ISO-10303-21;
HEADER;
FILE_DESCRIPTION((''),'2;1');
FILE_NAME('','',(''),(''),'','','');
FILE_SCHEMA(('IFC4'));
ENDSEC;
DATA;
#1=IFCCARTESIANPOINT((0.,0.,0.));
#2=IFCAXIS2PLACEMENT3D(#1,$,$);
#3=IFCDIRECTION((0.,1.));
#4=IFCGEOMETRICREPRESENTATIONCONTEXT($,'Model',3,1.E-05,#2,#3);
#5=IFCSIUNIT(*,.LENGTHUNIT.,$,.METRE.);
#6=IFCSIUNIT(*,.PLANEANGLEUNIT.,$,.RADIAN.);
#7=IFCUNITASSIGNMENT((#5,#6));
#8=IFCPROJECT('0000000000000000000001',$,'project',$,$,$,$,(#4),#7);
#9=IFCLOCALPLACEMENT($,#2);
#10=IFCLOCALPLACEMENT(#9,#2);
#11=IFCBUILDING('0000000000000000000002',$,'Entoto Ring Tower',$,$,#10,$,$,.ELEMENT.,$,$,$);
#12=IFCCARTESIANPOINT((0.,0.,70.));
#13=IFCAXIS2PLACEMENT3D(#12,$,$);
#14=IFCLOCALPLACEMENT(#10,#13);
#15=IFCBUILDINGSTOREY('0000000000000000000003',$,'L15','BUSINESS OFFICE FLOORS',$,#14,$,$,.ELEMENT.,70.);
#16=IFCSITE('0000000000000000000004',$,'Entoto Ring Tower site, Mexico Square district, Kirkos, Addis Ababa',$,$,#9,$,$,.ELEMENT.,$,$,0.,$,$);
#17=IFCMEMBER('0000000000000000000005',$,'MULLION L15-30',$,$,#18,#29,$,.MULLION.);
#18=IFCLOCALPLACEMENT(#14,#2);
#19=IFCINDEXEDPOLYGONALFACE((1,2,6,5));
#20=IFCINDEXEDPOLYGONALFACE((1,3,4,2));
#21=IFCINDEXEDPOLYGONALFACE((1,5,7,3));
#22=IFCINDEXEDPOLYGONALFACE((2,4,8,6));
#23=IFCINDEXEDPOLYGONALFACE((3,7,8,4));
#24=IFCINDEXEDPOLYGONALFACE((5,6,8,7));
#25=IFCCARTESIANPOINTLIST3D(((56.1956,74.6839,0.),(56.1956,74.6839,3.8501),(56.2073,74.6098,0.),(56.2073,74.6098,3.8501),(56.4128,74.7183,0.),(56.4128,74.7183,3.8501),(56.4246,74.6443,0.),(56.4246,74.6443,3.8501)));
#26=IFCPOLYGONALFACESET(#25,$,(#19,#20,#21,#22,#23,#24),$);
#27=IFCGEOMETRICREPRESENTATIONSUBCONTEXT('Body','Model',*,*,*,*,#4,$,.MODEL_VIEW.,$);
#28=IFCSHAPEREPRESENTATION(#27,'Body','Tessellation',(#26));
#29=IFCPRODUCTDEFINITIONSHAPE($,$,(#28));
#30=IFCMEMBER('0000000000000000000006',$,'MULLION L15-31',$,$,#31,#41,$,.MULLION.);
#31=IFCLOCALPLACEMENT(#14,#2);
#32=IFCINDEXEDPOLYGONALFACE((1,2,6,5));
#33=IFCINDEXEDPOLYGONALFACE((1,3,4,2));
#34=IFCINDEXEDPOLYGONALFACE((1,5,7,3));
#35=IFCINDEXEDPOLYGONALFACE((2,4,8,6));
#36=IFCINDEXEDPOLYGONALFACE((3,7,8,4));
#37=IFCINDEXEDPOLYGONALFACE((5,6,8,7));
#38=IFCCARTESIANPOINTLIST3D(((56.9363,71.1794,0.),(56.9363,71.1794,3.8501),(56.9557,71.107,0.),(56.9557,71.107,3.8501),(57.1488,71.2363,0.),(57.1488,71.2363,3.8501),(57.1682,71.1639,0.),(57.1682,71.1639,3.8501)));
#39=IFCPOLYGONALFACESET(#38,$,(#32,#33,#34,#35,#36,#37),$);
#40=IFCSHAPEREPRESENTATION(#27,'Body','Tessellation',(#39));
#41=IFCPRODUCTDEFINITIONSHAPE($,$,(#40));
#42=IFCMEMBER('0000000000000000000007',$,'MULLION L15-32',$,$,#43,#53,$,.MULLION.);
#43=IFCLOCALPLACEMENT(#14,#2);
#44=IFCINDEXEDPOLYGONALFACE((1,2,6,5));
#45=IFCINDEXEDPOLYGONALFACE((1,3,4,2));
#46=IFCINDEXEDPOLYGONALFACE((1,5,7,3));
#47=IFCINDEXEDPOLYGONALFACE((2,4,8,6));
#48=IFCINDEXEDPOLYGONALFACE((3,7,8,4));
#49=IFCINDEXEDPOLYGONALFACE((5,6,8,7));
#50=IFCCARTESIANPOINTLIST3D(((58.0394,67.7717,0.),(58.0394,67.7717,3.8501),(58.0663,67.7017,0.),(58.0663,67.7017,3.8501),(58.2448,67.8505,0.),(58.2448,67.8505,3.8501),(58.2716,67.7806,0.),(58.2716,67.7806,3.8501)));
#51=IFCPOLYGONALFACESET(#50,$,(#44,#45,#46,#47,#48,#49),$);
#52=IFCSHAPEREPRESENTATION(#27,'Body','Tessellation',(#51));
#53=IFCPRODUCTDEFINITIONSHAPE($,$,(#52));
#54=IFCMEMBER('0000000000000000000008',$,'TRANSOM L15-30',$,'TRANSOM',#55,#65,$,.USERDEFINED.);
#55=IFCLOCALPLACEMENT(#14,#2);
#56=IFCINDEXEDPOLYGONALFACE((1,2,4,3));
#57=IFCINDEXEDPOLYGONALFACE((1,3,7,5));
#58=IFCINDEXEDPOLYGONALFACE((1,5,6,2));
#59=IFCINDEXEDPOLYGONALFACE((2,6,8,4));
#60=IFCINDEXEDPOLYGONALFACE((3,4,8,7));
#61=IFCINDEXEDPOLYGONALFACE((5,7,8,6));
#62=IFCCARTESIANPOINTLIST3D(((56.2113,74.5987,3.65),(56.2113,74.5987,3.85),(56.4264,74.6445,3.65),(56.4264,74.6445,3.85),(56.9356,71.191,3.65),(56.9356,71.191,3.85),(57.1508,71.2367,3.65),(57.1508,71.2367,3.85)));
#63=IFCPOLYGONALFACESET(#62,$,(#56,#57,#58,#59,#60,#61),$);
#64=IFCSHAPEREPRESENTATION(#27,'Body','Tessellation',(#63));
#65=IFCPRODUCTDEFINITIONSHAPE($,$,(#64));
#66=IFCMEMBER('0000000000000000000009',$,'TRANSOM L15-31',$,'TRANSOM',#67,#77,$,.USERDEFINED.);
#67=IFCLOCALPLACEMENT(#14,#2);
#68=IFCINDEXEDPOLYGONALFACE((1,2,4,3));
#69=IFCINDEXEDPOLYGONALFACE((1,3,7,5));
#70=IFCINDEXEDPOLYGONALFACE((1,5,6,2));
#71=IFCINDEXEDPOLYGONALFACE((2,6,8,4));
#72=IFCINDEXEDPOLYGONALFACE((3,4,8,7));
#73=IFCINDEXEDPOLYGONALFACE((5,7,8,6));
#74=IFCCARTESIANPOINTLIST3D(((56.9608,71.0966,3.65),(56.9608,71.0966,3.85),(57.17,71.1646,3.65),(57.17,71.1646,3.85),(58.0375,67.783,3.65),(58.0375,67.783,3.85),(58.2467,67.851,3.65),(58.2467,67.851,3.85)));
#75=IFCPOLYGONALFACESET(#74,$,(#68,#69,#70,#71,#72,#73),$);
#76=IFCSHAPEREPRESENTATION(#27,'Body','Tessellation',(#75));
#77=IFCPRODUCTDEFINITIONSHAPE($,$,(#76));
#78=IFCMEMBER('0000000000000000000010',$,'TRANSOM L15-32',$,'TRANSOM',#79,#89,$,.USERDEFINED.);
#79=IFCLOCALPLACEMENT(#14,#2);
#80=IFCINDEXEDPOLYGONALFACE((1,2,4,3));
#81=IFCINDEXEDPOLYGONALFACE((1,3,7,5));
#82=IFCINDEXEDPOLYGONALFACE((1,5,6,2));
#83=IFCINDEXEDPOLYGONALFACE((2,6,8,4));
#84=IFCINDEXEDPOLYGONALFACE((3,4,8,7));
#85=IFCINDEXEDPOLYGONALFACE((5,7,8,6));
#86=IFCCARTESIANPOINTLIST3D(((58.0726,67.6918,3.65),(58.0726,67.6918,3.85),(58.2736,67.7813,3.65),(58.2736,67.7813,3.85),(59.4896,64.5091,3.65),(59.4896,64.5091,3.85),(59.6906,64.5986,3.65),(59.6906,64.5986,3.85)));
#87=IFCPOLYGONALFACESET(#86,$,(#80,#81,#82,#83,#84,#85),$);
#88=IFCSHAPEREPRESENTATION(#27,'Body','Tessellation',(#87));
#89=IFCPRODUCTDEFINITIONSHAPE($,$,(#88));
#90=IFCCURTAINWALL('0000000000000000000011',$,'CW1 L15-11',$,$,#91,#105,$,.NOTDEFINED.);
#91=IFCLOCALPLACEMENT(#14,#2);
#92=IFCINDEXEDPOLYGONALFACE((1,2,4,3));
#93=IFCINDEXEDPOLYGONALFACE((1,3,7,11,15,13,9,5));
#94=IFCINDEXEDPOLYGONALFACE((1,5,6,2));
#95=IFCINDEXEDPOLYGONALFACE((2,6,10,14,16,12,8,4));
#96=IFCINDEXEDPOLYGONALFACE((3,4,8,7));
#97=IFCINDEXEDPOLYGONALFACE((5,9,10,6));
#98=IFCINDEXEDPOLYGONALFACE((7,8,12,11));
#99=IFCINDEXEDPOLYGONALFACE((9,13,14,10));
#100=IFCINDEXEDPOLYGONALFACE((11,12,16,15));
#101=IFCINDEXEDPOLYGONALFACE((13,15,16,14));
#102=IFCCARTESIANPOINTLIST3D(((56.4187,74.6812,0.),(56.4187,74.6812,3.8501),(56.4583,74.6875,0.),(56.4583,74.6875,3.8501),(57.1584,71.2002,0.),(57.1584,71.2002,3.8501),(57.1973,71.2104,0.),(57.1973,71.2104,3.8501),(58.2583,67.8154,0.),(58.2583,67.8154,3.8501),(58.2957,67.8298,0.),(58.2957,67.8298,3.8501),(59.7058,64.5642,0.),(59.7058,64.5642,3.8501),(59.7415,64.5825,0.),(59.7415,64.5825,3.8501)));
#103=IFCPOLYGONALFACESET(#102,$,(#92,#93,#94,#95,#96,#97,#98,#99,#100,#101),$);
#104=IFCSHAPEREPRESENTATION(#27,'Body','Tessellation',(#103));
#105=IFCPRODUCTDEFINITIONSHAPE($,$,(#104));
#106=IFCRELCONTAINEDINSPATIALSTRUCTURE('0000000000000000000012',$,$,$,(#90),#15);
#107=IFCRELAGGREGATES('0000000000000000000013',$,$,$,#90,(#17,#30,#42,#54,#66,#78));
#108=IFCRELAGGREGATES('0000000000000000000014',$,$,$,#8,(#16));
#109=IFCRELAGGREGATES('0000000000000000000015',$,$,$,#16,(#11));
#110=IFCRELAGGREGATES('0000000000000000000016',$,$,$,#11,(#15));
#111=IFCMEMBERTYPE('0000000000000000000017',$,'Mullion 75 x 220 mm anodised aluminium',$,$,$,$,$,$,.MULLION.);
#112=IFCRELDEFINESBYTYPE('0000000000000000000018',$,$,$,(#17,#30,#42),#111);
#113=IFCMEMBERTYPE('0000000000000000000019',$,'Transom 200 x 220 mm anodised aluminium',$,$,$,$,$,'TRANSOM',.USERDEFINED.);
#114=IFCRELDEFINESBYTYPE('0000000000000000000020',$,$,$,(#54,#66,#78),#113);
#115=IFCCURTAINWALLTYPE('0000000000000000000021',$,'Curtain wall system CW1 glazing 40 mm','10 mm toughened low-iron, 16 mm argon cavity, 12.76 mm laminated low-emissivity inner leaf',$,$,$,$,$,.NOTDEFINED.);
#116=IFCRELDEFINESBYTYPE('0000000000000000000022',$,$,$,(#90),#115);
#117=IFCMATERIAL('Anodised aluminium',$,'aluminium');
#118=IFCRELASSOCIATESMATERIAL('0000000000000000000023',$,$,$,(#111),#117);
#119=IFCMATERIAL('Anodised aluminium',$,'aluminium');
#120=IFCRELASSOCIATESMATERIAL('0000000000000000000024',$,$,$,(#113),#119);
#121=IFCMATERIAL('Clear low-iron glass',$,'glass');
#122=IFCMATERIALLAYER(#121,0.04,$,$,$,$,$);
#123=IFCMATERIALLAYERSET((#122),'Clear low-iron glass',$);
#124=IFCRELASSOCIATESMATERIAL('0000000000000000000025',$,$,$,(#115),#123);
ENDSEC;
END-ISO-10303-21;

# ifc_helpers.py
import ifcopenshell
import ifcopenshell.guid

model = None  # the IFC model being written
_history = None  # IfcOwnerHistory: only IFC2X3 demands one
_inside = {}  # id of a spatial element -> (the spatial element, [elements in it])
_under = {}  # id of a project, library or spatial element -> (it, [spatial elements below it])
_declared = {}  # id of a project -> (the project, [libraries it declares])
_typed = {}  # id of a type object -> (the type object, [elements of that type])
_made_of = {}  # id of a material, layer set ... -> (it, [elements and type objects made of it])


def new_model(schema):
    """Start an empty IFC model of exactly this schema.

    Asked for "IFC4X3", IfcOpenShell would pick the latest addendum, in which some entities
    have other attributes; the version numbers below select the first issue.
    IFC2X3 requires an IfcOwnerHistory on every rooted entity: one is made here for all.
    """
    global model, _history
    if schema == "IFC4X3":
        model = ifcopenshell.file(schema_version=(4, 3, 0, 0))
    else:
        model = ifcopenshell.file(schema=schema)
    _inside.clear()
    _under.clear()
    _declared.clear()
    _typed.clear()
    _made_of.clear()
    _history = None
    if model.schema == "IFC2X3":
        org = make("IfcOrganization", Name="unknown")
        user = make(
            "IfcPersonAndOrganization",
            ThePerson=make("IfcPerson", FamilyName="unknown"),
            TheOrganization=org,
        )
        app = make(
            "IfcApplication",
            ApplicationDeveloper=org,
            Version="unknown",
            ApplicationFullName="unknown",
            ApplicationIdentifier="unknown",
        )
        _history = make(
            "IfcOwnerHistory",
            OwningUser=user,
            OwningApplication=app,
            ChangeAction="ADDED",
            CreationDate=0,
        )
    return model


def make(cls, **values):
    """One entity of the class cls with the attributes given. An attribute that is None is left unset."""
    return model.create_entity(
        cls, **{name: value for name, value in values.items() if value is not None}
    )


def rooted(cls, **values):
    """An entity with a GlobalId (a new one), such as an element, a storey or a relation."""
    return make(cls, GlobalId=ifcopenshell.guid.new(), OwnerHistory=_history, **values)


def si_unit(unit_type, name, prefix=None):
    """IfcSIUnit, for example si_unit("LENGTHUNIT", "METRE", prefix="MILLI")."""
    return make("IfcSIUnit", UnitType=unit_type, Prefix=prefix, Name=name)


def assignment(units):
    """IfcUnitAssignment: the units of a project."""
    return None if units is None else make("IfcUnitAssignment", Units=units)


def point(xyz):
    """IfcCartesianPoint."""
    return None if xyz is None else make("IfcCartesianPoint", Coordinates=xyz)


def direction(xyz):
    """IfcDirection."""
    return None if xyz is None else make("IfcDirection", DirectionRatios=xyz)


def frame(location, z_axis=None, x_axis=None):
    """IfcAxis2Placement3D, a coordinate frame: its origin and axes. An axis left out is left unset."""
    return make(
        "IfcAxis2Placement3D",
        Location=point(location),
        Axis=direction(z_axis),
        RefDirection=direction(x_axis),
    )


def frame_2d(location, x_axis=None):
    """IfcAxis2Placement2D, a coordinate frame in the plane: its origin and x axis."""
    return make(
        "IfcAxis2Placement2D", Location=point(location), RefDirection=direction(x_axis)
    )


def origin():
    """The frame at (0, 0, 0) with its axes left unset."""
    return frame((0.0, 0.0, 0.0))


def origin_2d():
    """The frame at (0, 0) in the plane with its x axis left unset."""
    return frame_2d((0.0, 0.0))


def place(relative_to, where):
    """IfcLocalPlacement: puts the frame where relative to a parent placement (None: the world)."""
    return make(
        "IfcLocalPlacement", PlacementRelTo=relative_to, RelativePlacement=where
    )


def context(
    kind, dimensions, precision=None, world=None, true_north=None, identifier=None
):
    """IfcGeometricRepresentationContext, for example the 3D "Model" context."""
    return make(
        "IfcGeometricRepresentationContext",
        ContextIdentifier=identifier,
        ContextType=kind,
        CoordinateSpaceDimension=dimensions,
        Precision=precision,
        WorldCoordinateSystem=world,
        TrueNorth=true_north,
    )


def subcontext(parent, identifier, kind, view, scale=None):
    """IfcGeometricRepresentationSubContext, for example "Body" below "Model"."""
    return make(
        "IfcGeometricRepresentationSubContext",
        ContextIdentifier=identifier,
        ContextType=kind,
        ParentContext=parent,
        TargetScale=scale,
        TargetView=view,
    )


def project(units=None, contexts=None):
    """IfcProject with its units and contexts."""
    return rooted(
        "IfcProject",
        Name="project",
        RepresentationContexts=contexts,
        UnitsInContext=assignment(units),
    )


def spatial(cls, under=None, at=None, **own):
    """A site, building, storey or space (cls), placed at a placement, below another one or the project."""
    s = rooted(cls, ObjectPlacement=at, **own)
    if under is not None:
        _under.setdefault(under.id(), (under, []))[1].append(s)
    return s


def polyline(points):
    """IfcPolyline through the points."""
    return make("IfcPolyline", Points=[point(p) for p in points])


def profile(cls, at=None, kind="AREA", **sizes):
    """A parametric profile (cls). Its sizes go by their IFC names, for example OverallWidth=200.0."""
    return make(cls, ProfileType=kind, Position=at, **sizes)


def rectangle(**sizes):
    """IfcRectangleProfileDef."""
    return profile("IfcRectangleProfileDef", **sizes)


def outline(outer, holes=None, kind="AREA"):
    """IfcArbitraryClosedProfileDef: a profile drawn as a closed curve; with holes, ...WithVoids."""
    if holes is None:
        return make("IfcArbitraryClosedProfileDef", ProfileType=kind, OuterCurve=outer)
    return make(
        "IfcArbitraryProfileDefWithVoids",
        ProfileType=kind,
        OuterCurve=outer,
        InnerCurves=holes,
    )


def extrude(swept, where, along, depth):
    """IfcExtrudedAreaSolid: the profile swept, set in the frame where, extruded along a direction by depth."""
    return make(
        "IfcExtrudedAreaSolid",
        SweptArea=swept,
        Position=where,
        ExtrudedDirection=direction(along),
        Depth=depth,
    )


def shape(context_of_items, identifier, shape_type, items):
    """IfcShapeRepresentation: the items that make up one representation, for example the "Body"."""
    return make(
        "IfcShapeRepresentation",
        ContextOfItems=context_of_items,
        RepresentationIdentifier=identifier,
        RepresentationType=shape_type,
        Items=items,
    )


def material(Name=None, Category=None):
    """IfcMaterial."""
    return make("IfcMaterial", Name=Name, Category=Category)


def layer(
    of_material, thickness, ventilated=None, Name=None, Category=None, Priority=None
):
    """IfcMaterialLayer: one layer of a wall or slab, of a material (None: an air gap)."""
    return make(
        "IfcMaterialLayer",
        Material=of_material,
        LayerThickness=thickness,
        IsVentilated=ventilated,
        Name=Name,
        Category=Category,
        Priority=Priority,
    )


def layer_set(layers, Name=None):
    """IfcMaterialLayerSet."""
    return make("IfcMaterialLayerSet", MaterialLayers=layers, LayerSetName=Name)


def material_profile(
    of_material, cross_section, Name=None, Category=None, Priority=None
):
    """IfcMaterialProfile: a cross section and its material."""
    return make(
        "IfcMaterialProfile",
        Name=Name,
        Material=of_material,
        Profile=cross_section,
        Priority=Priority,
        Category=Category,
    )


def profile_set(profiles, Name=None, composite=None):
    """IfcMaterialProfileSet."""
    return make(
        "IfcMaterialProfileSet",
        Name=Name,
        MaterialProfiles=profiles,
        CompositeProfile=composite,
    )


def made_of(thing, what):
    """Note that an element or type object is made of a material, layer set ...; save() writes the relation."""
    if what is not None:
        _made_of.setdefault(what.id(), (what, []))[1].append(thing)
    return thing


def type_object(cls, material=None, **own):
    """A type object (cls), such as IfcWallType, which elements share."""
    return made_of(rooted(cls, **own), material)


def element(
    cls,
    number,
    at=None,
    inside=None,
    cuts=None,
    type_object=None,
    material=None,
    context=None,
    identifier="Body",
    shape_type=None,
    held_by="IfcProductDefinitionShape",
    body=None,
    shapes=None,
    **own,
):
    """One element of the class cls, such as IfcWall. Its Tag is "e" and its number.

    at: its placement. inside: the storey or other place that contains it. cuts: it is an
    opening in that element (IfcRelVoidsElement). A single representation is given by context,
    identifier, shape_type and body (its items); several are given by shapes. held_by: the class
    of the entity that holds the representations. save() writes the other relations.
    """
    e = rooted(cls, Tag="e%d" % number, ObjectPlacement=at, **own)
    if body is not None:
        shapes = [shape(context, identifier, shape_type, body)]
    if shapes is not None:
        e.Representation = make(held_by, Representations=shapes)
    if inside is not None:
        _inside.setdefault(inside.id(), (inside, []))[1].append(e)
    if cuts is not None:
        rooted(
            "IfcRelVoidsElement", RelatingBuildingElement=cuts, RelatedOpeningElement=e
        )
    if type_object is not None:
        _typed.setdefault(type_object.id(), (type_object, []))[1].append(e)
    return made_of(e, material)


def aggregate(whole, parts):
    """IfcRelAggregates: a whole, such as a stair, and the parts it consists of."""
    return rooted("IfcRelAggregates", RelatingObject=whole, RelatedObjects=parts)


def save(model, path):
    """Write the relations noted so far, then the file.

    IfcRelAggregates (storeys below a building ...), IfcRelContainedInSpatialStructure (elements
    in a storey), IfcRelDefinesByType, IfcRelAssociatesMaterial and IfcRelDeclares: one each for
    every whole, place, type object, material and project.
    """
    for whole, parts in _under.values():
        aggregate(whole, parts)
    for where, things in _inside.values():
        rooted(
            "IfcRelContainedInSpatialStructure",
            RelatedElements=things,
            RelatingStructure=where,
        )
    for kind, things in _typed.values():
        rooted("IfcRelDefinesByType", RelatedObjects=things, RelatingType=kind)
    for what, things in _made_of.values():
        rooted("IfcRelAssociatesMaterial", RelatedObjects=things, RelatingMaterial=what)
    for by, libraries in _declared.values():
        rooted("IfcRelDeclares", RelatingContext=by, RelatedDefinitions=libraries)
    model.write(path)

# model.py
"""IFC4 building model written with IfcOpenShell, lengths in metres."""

from ifc_helpers import new_model, si_unit, direction, frame, origin, origin_2d, place, context, subcontext, project, spatial, polyline, rectangle, outline, extrude, material, layer, layer_set, material_profile, profile_set, type_object, element, aggregate, save


model = new_model("IFC4")

# Units and contexts
model_context = context("Model", 3, precision=1e-05, world=origin(), true_north=direction((0.0, 1.0)))
body_context = subcontext(model_context, "Body", "Model", "MODEL_VIEW")
ifc_project = project(units=[si_unit("LENGTHUNIT", "METRE"), si_unit("PLANEANGLEUNIT", "RADIAN")], contexts=[model_context])

# Members
ifc_material_1 = material(Name="Anodised aluminium", Category="aluminium")
ifc_material_profile_1 = material_profile(ifc_material_1, rectangle(XDim=0.075, YDim=0.22, at=origin_2d()), Name="Mullion 75 x 220 mm anodised aluminium")
ifc_profile_set_1 = profile_set([ifc_material_profile_1], Name="Anodised aluminium")
member_type_1 = type_object("IfcMemberType", Name="Mullion 75 x 220 mm anodised aluminium", PredefinedType="MULLION", material=ifc_profile_set_1)
site_placement = place(None, origin())
building_placement = place(site_placement, origin())
storey_placement = place(building_placement, frame((0.0, 0.0, 70.0)))
member_1_placement = place(storey_placement, frame((56.3101, 74.6641, 0.0), z_axis=(0.0, 0.0, 1.0), x_axis=(0.156434, -0.987688, 0.0)))
member_1 = element("IfcMember", 1, at=member_1_placement, type_object=member_type_1, Name="MULLION L15-30", PredefinedType="MULLION", context=body_context, shape_type="SweptSolid", body=[
    extrude(rectangle(XDim=0.075, YDim=0.22, at=origin_2d()), origin(), (0.0, 0.0, 1.0), 3.8501),
])
member_2_placement = place(storey_placement, frame((57.0522, 71.1716, 0.0), z_axis=(0.0, 0.0, 1.0), x_axis=(0.258819, -0.965926, 0.0)))
member_2 = element("IfcMember", 2, at=member_2_placement, type_object=member_type_1, Name="MULLION L15-31", PredefinedType="MULLION", context=body_context, shape_type="SweptSolid", body=[
    extrude(rectangle(XDim=0.075, YDim=0.22, at=origin_2d()), origin(), (0.0, 0.0, 1.0), 3.8501),
])
member_3_placement = place(storey_placement, frame((58.1555, 67.7761, 0.0), z_axis=(0.0, 0.0, 1.0), x_axis=(0.358368, -0.93358, 0.0)))
member_3 = element("IfcMember", 3, at=member_3_placement, type_object=member_type_1, Name="MULLION L15-32", PredefinedType="MULLION", context=body_context, shape_type="SweptSolid", body=[
    extrude(rectangle(XDim=0.075, YDim=0.22, at=origin_2d()), origin(), (0.0, 0.0, 1.0), 3.8501),
])
ifc_material_2 = material(Name="Anodised aluminium", Category="aluminium")
ifc_material_profile_2 = material_profile(ifc_material_2, rectangle(XDim=0.22, YDim=0.2, at=origin_2d()), Name="Transom 200 x 220 mm anodised aluminium")
ifc_profile_set_2 = profile_set([ifc_material_profile_2], Name="Anodised aluminium")
member_type_2 = type_object("IfcMemberType", Name="Transom 200 x 220 mm anodised aluminium", ElementType="TRANSOM", PredefinedType="USERDEFINED", material=ifc_profile_set_2)
member_4_placement = place(storey_placement, frame((56.3188, 74.6216, 3.75), z_axis=(0.207921, -0.978146, 0.0), x_axis=(0.978146, 0.207921, 0.0)))
member_4 = element("IfcMember", 4, at=member_4_placement, type_object=member_type_2, Name="TRANSOM L15-30", ObjectType="TRANSOM", PredefinedType="USERDEFINED", context=body_context, shape_type="SweptSolid", body=[
    extrude(rectangle(XDim=0.22, YDim=0.2, at=origin_2d()), origin(), (0.0, 0.0, 1.0), 3.4839),
])
member_5_placement = place(storey_placement, frame((57.0654, 71.1306, 3.75), z_axis=(0.309029, -0.951053, 0.0), x_axis=(0.951053, 0.309029, 0.0)))
member_5 = element("IfcMember", 5, at=member_5_placement, type_object=member_type_2, Name="TRANSOM L15-31", ObjectType="TRANSOM", PredefinedType="USERDEFINED", context=body_context, shape_type="SweptSolid", body=[
    extrude(rectangle(XDim=0.22, YDim=0.2, at=origin_2d()), origin(), (0.0, 0.0, 1.0), 3.4841),
])
member_6_placement = place(storey_placement, frame((58.1731, 67.7366, 3.75), z_axis=(0.406737, -0.913545, 0.0), x_axis=(0.913545, 0.406737, 0.0)))
member_6 = element("IfcMember", 6, at=member_6_placement, type_object=member_type_2, Name="TRANSOM L15-32", ObjectType="TRANSOM", PredefinedType="USERDEFINED", context=body_context, shape_type="SweptSolid", body=[
    extrude(rectangle(XDim=0.22, YDim=0.2, at=origin_2d()), origin(), (0.0, 0.0, 1.0), 3.4839),
])

# Site, building, storey
site = spatial("IfcSite", under=ifc_project, at=site_placement, Name="Entoto Ring Tower site, Mexico Square district, Kirkos, Addis Ababa", CompositionType="ELEMENT", RefElevation=0.0)
building = spatial("IfcBuilding", under=site, at=building_placement, Name="Entoto Ring Tower", CompositionType="ELEMENT")
storey = spatial("IfcBuildingStorey", under=building, at=storey_placement, Name="L15", Description="BUSINESS OFFICE FLOORS", CompositionType="ELEMENT", Elevation=70.0)

# Curtain wall
ifc_material_3 = material(Name="Clear low-iron glass", Category="glass")
ifc_layer = layer(ifc_material_3, 0.04)
ifc_layer_set = layer_set([ifc_layer], Name="Clear low-iron glass")
curtain_wall_type = type_object("IfcCurtainWallType", Name="Curtain wall system CW1 glazing 40 mm", Description="10 mm toughened low-iron, 16 mm argon cavity, 12.76 mm laminated low-emissivity inner leaf", PredefinedType="NOTDEFINED", material=ifc_layer_set)
curtain_wall_1_placement = place(storey_placement, origin())
curtain_wall_1 = element("IfcCurtainWall", 7, at=curtain_wall_1_placement, inside=storey, type_object=curtain_wall_type, Name="CW1 L15-11", PredefinedType="NOTDEFINED", context=body_context, shape_type="SweptSolid", body=[
    extrude(outline(polyline([(56.4187, 74.6812), (57.1584, 71.2002), (58.2583, 67.8154), (59.7058, 64.5642), (59.7415, 64.5825), (58.2957, 67.8298), (57.1973, 71.2104), (56.4583, 74.6875), (56.4187, 74.6812)])), origin(), (0.0, 0.0, 1.0), 3.8501),
])
aggregate(curtain_wall_1, [member_1, member_2, member_3, member_4, member_5, member_6])

save(model, "model.ifc")
